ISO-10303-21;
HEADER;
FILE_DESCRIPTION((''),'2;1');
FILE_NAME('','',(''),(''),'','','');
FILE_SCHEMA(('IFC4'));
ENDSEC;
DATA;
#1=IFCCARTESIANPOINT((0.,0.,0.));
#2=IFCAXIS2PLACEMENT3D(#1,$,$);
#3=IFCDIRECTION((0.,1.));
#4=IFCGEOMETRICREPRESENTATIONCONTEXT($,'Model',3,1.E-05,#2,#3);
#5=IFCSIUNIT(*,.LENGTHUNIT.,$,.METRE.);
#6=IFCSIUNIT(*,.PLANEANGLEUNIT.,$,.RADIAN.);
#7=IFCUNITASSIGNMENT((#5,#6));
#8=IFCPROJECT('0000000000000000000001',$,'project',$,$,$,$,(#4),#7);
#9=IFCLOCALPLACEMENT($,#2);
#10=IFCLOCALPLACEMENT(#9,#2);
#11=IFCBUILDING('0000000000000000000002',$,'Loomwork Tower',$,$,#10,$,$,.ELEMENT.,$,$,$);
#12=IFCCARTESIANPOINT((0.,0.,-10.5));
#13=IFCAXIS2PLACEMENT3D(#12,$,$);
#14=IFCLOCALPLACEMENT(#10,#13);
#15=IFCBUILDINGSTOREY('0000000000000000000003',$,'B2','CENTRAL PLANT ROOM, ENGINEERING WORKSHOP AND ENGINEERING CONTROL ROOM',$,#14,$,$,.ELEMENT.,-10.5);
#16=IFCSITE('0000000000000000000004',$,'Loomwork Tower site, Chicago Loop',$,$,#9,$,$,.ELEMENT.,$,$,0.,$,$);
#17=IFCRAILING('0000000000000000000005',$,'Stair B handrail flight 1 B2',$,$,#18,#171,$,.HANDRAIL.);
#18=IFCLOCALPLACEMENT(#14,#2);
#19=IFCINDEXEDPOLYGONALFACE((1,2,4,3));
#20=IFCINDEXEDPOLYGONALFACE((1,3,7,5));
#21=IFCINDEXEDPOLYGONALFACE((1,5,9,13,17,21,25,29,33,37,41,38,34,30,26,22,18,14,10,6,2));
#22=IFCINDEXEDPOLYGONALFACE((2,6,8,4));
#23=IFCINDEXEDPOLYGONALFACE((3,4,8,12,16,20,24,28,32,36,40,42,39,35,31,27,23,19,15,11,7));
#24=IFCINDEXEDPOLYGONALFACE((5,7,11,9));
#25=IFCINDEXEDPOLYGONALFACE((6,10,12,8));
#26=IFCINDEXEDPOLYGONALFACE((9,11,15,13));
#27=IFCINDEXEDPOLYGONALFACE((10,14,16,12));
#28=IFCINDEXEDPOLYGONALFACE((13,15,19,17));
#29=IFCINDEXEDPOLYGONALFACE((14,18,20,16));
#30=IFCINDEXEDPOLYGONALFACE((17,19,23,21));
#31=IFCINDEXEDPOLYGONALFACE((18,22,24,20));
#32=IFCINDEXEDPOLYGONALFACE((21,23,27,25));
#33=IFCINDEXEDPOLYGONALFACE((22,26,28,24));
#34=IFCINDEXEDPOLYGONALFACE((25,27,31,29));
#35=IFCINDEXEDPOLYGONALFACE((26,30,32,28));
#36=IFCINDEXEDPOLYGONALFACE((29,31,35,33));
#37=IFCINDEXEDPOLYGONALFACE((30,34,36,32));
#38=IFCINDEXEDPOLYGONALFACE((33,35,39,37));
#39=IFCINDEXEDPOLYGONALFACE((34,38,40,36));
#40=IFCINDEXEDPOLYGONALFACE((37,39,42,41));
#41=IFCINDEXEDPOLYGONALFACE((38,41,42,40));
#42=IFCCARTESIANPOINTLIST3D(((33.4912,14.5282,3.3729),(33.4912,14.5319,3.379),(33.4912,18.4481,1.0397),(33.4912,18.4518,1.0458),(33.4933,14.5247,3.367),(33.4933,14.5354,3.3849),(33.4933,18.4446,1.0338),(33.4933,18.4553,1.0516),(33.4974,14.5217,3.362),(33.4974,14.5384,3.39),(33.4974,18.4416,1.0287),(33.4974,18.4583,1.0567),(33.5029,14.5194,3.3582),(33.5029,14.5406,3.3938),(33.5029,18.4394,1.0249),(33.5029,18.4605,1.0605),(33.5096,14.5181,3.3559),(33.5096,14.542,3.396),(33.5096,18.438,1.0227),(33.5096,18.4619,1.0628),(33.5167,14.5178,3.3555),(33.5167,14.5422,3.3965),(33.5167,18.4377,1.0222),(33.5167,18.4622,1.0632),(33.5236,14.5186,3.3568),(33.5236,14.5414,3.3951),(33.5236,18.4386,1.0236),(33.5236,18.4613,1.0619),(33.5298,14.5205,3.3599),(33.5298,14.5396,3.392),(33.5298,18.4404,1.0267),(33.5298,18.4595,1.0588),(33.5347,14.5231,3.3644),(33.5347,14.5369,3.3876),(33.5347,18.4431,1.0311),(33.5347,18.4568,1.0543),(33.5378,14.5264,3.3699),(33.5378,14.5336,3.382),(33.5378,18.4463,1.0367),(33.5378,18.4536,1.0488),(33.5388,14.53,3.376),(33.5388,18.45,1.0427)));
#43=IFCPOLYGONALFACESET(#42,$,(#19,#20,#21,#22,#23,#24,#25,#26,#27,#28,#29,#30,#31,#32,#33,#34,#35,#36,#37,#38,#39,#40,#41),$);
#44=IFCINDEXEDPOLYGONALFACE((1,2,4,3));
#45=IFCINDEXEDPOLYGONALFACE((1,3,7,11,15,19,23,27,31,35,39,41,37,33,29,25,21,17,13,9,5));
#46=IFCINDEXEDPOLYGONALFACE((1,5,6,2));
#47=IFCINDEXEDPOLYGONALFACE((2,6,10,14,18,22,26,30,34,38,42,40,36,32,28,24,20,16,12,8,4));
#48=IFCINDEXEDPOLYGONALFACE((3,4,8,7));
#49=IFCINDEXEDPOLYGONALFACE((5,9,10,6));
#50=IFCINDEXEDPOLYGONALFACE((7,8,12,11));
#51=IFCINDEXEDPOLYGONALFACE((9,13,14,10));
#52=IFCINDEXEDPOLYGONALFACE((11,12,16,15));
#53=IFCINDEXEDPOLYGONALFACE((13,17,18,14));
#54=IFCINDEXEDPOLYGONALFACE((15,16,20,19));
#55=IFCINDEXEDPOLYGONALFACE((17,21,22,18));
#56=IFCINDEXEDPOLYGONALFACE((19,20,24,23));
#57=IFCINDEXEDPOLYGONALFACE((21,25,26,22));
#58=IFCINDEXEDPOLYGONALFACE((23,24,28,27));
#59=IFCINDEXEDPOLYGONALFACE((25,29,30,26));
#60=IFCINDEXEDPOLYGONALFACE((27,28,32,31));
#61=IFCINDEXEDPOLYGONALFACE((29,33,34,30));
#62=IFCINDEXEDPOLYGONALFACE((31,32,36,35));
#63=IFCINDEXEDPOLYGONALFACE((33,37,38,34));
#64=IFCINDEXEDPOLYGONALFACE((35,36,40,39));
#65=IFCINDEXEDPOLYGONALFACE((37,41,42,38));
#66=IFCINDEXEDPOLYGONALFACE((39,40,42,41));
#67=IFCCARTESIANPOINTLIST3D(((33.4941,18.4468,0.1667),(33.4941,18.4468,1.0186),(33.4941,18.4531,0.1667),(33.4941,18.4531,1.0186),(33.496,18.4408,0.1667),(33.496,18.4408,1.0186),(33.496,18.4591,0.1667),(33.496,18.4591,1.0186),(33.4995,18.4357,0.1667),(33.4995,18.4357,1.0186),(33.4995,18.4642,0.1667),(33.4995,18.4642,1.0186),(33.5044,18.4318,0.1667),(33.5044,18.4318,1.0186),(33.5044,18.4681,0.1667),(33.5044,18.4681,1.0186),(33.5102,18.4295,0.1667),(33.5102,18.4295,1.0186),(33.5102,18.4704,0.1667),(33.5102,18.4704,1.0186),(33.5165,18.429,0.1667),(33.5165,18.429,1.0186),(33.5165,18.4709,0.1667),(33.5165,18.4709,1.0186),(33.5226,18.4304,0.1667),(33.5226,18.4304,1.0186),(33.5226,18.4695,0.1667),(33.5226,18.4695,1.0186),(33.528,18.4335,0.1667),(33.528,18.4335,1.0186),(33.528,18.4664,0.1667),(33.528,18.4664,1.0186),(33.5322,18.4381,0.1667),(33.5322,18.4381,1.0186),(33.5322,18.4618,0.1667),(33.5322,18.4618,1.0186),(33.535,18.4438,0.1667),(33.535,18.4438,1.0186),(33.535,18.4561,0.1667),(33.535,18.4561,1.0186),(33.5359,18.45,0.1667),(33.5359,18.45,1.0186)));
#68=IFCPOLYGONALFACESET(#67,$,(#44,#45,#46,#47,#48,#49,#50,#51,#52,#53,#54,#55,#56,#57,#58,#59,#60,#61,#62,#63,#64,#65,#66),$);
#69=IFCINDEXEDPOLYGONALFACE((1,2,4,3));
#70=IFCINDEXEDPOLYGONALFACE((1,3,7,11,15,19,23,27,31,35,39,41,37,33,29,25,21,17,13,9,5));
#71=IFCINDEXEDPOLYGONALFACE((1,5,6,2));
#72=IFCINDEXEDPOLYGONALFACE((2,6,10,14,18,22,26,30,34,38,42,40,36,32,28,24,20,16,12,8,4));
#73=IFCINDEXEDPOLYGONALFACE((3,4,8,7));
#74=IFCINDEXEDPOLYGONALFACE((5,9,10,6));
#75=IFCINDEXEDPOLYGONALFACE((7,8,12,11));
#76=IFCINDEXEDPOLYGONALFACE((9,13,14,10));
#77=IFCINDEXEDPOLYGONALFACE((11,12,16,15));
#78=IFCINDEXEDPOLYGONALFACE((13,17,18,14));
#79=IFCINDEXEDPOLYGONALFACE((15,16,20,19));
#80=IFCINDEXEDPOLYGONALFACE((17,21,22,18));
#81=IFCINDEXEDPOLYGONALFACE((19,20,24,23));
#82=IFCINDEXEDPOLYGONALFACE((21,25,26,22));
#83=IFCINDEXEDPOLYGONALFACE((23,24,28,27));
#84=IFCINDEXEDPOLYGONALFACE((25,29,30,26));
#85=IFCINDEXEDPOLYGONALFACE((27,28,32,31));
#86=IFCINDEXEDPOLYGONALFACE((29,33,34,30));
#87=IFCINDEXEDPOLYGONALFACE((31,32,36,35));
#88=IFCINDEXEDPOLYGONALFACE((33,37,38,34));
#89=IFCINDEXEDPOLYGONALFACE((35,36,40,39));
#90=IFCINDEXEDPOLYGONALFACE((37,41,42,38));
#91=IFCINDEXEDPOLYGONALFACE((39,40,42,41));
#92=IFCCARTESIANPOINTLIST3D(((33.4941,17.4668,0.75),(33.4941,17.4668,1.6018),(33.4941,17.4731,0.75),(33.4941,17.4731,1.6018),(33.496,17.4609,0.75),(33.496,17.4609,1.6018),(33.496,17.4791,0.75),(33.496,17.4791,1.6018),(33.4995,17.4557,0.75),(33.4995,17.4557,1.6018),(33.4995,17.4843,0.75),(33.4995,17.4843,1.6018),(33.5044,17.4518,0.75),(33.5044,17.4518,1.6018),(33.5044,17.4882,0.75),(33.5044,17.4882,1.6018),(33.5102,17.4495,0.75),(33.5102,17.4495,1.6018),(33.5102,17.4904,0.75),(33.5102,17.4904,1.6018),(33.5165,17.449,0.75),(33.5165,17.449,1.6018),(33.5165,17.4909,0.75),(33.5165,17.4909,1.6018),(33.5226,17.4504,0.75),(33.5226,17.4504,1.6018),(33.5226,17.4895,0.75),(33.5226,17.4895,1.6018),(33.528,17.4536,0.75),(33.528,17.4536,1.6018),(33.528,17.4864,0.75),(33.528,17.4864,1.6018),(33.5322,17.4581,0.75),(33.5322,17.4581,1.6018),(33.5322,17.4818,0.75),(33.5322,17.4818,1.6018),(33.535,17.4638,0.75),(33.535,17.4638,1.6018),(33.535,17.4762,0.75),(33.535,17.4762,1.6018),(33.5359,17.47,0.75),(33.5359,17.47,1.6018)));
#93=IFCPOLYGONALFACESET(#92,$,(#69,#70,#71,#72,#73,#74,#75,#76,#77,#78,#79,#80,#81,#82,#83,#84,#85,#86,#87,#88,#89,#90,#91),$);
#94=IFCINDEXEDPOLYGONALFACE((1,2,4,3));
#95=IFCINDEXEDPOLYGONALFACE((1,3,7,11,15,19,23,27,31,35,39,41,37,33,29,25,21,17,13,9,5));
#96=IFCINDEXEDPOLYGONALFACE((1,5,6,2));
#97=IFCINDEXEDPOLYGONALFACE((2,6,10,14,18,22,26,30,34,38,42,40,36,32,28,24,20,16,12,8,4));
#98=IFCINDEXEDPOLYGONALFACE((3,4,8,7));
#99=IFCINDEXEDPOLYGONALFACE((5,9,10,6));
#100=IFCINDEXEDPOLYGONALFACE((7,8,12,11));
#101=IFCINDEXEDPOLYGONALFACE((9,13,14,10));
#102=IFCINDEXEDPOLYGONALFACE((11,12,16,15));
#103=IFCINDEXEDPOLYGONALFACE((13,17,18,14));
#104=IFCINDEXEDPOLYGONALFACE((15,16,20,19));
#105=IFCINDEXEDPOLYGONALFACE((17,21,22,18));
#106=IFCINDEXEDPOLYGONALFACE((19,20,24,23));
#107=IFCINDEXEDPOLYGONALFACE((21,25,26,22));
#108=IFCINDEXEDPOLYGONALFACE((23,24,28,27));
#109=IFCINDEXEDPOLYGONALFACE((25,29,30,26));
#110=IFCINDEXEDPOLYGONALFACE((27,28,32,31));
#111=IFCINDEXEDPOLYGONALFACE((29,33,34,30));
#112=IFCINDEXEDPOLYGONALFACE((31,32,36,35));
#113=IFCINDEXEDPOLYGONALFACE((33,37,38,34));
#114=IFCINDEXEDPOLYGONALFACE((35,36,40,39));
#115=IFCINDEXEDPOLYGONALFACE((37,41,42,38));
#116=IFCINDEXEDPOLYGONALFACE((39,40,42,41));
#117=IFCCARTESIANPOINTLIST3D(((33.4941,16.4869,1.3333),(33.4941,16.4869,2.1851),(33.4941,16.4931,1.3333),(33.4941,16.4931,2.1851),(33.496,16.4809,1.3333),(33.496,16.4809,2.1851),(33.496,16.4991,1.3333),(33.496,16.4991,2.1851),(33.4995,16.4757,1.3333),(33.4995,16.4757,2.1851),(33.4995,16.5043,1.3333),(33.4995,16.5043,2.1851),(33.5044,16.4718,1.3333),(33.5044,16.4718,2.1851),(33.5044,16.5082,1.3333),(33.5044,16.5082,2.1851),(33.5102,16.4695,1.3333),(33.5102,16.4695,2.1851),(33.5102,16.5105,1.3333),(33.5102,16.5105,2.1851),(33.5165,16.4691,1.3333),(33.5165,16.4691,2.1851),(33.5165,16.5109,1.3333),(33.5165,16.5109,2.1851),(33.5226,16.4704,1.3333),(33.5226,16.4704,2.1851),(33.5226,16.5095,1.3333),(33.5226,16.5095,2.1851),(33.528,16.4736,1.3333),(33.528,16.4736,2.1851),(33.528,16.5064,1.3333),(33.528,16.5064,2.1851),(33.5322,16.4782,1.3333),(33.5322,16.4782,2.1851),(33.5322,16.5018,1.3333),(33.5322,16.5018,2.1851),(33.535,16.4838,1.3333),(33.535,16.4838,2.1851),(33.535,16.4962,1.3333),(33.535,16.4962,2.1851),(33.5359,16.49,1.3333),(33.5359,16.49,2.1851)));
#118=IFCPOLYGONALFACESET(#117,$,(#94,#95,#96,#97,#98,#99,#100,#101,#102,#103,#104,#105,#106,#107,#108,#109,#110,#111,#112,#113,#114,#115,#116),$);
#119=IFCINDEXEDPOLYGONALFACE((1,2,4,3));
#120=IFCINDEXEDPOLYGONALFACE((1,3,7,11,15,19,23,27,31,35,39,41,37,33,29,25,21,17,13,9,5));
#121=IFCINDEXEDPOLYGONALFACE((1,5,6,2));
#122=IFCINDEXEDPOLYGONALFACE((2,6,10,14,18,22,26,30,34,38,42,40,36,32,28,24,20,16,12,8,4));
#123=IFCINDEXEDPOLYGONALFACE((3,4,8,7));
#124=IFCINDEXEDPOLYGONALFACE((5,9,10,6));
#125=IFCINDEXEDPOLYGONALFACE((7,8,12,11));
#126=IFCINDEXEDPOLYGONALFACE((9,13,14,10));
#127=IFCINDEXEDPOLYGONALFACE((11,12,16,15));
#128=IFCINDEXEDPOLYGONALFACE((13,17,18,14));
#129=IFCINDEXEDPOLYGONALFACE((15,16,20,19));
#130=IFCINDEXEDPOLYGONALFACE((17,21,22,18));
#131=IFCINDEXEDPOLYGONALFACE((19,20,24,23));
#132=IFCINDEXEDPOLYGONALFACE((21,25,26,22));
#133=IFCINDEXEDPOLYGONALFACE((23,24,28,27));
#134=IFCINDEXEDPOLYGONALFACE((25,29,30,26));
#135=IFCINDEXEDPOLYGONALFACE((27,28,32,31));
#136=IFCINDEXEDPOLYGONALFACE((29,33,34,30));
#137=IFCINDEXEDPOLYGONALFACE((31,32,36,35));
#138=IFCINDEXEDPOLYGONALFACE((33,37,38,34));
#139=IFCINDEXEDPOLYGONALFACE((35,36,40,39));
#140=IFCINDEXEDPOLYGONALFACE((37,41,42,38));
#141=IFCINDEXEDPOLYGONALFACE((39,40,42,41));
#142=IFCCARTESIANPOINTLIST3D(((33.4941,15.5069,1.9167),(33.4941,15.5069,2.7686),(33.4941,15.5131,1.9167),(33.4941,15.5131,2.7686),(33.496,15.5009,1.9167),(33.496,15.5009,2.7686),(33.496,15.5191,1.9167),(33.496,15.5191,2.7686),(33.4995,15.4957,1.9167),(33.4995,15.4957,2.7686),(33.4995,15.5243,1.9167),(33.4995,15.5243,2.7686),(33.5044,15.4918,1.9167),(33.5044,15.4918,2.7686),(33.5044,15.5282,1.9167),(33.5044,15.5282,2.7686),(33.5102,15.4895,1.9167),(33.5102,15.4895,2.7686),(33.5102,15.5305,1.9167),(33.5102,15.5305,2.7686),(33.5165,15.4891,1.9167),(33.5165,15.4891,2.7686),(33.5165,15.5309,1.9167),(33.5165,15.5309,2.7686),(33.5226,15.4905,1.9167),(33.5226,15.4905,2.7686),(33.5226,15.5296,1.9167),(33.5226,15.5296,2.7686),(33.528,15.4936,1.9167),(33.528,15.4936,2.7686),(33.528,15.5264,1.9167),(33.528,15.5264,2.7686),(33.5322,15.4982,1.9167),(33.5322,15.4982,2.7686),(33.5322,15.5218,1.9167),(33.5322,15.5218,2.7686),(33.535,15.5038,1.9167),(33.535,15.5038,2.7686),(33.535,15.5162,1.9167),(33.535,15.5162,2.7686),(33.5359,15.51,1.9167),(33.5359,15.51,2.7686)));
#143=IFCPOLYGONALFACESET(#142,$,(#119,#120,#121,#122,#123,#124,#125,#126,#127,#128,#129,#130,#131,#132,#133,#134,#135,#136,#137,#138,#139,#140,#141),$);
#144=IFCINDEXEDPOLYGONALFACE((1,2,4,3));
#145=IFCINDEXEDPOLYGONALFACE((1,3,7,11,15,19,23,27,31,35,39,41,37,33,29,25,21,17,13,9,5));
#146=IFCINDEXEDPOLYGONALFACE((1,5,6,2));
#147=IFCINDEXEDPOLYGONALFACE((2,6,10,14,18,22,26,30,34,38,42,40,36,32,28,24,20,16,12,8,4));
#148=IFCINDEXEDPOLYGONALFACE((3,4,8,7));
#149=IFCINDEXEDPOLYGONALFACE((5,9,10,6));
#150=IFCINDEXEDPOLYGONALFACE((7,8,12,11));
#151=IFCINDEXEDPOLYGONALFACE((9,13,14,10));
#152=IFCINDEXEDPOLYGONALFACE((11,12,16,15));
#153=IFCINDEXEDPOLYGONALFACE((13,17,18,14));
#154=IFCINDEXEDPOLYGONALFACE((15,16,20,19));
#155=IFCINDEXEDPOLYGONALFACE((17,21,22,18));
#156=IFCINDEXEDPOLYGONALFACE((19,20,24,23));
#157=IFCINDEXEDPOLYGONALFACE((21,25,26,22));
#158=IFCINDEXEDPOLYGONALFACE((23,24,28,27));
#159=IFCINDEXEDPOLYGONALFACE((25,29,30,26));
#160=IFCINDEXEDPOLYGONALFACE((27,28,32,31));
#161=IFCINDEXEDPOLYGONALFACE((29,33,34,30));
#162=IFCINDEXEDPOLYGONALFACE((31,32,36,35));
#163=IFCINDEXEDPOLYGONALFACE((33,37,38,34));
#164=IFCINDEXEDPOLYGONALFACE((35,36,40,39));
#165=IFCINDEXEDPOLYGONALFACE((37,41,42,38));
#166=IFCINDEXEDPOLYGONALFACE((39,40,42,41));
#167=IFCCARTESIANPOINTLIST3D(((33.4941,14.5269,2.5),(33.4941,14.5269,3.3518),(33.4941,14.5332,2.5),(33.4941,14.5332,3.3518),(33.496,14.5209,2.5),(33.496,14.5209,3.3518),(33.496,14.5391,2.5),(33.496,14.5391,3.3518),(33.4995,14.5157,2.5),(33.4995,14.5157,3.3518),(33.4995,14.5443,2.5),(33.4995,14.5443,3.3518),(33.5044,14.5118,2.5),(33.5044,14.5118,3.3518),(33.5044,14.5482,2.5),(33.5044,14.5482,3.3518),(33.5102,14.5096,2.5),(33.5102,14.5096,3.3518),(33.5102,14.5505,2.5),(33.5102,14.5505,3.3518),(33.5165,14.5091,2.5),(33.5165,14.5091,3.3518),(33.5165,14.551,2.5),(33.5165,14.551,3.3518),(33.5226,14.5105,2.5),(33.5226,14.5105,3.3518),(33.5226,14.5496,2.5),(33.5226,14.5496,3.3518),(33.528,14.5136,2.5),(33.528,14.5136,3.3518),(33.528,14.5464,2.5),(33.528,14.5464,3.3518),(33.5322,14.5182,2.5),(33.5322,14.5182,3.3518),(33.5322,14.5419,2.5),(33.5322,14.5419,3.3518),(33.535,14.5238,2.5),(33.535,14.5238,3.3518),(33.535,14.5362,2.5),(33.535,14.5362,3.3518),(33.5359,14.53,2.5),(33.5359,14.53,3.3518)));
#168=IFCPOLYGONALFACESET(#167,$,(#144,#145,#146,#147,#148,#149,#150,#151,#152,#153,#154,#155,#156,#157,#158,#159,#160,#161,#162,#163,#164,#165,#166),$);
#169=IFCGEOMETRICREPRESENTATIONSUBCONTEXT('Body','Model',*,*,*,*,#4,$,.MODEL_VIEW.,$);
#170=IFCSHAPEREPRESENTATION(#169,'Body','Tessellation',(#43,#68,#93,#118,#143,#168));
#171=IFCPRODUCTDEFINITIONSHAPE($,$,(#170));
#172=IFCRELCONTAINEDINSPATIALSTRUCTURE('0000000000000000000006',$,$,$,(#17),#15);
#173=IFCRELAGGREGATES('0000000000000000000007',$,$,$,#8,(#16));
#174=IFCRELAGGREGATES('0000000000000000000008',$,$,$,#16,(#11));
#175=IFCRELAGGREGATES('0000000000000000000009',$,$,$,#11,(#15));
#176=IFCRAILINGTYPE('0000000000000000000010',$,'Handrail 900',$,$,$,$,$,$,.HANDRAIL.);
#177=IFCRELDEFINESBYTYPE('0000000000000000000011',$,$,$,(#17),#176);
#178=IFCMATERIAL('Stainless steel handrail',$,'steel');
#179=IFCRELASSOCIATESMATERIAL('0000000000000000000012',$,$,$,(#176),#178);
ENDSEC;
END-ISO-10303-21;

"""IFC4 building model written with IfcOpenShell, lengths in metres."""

from ifc_helpers import new_model, si_unit, direction, frame, origin, origin_2d, place, context, subcontext, project, spatial, circle, extrude, material, type_object, element, save


model = new_model("IFC4")

# Units and contexts
model_context = context("Model", 3, precision=1e-05, world=origin(), true_north=direction((0.0, 1.0)))
body_context = subcontext(model_context, "Body", "Model", "MODEL_VIEW")
ifc_project = project(units=[si_unit("LENGTHUNIT", "METRE"), si_unit("PLANEANGLEUNIT", "RADIAN")], contexts=[model_context])

# Site, building, storey
site_placement = place(None, origin())
site = spatial("IfcSite", under=ifc_project, at=site_placement, Name="Loomwork Tower site, Chicago Loop", CompositionType="ELEMENT", RefElevation=0.0)
building_placement = place(site_placement, origin())
building = spatial("IfcBuilding", under=site, at=building_placement, Name="Loomwork Tower", CompositionType="ELEMENT")
storey_placement = place(building_placement, frame((0.0, 0.0, -10.5)))
storey = spatial("IfcBuildingStorey", under=building, at=storey_placement, Name="B2", Description="CENTRAL PLANT ROOM, ENGINEERING WORKSHOP AND ENGINEERING CONTROL ROOM", CompositionType="ELEMENT", Elevation=-10.5)

# Railing
ifc_material_1 = material(Name="Stainless steel handrail", Category="steel")
railing_type = type_object("IfcRailingType", Name="Handrail 900", PredefinedType="HANDRAIL", material=ifc_material_1)
railing_1_placement = place(storey_placement, frame((33.5149, 18.45, 0.1667)))
element("IfcRailing", 1, at=railing_1_placement, inside=storey, type_object=railing_type, Name="Stair B handrail flight 1 B2", PredefinedType="HANDRAIL", context=body_context, shape_type="SweptSolid", body=[
    extrude(circle(Radius=0.0239, at=origin_2d()), frame((0.0, 0.0, 0.876), z_axis=(0.0, -0.859296, 0.511478), x_axis=(1.0, 0.0, 0.0)), (0.0, 0.0, 1.0), 4.5618),
    extrude(circle(Radius=0.021, at=origin_2d()), origin(), (0.0, 0.0, 1.0), 0.8518),
    extrude(circle(Radius=0.021, at=origin_2d()), frame((0.0, -0.98, 0.5833)), (0.0, 0.0, 1.0), 0.8518),
    extrude(circle(Radius=0.021, at=origin_2d()), frame((0.0, -1.96, 1.1665)), (0.0, 0.0, 1.0), 0.8518),
    extrude(circle(Radius=0.021, at=origin_2d()), frame((0.0, -2.9399, 1.75)), (0.0, 0.0, 1.0), 0.8518),
    extrude(circle(Radius=0.021, at=origin_2d()), frame((0.0, -3.9199, 2.3333)), (0.0, 0.0, 1.0), 0.8518),
])

save(model, "model.ifc")
